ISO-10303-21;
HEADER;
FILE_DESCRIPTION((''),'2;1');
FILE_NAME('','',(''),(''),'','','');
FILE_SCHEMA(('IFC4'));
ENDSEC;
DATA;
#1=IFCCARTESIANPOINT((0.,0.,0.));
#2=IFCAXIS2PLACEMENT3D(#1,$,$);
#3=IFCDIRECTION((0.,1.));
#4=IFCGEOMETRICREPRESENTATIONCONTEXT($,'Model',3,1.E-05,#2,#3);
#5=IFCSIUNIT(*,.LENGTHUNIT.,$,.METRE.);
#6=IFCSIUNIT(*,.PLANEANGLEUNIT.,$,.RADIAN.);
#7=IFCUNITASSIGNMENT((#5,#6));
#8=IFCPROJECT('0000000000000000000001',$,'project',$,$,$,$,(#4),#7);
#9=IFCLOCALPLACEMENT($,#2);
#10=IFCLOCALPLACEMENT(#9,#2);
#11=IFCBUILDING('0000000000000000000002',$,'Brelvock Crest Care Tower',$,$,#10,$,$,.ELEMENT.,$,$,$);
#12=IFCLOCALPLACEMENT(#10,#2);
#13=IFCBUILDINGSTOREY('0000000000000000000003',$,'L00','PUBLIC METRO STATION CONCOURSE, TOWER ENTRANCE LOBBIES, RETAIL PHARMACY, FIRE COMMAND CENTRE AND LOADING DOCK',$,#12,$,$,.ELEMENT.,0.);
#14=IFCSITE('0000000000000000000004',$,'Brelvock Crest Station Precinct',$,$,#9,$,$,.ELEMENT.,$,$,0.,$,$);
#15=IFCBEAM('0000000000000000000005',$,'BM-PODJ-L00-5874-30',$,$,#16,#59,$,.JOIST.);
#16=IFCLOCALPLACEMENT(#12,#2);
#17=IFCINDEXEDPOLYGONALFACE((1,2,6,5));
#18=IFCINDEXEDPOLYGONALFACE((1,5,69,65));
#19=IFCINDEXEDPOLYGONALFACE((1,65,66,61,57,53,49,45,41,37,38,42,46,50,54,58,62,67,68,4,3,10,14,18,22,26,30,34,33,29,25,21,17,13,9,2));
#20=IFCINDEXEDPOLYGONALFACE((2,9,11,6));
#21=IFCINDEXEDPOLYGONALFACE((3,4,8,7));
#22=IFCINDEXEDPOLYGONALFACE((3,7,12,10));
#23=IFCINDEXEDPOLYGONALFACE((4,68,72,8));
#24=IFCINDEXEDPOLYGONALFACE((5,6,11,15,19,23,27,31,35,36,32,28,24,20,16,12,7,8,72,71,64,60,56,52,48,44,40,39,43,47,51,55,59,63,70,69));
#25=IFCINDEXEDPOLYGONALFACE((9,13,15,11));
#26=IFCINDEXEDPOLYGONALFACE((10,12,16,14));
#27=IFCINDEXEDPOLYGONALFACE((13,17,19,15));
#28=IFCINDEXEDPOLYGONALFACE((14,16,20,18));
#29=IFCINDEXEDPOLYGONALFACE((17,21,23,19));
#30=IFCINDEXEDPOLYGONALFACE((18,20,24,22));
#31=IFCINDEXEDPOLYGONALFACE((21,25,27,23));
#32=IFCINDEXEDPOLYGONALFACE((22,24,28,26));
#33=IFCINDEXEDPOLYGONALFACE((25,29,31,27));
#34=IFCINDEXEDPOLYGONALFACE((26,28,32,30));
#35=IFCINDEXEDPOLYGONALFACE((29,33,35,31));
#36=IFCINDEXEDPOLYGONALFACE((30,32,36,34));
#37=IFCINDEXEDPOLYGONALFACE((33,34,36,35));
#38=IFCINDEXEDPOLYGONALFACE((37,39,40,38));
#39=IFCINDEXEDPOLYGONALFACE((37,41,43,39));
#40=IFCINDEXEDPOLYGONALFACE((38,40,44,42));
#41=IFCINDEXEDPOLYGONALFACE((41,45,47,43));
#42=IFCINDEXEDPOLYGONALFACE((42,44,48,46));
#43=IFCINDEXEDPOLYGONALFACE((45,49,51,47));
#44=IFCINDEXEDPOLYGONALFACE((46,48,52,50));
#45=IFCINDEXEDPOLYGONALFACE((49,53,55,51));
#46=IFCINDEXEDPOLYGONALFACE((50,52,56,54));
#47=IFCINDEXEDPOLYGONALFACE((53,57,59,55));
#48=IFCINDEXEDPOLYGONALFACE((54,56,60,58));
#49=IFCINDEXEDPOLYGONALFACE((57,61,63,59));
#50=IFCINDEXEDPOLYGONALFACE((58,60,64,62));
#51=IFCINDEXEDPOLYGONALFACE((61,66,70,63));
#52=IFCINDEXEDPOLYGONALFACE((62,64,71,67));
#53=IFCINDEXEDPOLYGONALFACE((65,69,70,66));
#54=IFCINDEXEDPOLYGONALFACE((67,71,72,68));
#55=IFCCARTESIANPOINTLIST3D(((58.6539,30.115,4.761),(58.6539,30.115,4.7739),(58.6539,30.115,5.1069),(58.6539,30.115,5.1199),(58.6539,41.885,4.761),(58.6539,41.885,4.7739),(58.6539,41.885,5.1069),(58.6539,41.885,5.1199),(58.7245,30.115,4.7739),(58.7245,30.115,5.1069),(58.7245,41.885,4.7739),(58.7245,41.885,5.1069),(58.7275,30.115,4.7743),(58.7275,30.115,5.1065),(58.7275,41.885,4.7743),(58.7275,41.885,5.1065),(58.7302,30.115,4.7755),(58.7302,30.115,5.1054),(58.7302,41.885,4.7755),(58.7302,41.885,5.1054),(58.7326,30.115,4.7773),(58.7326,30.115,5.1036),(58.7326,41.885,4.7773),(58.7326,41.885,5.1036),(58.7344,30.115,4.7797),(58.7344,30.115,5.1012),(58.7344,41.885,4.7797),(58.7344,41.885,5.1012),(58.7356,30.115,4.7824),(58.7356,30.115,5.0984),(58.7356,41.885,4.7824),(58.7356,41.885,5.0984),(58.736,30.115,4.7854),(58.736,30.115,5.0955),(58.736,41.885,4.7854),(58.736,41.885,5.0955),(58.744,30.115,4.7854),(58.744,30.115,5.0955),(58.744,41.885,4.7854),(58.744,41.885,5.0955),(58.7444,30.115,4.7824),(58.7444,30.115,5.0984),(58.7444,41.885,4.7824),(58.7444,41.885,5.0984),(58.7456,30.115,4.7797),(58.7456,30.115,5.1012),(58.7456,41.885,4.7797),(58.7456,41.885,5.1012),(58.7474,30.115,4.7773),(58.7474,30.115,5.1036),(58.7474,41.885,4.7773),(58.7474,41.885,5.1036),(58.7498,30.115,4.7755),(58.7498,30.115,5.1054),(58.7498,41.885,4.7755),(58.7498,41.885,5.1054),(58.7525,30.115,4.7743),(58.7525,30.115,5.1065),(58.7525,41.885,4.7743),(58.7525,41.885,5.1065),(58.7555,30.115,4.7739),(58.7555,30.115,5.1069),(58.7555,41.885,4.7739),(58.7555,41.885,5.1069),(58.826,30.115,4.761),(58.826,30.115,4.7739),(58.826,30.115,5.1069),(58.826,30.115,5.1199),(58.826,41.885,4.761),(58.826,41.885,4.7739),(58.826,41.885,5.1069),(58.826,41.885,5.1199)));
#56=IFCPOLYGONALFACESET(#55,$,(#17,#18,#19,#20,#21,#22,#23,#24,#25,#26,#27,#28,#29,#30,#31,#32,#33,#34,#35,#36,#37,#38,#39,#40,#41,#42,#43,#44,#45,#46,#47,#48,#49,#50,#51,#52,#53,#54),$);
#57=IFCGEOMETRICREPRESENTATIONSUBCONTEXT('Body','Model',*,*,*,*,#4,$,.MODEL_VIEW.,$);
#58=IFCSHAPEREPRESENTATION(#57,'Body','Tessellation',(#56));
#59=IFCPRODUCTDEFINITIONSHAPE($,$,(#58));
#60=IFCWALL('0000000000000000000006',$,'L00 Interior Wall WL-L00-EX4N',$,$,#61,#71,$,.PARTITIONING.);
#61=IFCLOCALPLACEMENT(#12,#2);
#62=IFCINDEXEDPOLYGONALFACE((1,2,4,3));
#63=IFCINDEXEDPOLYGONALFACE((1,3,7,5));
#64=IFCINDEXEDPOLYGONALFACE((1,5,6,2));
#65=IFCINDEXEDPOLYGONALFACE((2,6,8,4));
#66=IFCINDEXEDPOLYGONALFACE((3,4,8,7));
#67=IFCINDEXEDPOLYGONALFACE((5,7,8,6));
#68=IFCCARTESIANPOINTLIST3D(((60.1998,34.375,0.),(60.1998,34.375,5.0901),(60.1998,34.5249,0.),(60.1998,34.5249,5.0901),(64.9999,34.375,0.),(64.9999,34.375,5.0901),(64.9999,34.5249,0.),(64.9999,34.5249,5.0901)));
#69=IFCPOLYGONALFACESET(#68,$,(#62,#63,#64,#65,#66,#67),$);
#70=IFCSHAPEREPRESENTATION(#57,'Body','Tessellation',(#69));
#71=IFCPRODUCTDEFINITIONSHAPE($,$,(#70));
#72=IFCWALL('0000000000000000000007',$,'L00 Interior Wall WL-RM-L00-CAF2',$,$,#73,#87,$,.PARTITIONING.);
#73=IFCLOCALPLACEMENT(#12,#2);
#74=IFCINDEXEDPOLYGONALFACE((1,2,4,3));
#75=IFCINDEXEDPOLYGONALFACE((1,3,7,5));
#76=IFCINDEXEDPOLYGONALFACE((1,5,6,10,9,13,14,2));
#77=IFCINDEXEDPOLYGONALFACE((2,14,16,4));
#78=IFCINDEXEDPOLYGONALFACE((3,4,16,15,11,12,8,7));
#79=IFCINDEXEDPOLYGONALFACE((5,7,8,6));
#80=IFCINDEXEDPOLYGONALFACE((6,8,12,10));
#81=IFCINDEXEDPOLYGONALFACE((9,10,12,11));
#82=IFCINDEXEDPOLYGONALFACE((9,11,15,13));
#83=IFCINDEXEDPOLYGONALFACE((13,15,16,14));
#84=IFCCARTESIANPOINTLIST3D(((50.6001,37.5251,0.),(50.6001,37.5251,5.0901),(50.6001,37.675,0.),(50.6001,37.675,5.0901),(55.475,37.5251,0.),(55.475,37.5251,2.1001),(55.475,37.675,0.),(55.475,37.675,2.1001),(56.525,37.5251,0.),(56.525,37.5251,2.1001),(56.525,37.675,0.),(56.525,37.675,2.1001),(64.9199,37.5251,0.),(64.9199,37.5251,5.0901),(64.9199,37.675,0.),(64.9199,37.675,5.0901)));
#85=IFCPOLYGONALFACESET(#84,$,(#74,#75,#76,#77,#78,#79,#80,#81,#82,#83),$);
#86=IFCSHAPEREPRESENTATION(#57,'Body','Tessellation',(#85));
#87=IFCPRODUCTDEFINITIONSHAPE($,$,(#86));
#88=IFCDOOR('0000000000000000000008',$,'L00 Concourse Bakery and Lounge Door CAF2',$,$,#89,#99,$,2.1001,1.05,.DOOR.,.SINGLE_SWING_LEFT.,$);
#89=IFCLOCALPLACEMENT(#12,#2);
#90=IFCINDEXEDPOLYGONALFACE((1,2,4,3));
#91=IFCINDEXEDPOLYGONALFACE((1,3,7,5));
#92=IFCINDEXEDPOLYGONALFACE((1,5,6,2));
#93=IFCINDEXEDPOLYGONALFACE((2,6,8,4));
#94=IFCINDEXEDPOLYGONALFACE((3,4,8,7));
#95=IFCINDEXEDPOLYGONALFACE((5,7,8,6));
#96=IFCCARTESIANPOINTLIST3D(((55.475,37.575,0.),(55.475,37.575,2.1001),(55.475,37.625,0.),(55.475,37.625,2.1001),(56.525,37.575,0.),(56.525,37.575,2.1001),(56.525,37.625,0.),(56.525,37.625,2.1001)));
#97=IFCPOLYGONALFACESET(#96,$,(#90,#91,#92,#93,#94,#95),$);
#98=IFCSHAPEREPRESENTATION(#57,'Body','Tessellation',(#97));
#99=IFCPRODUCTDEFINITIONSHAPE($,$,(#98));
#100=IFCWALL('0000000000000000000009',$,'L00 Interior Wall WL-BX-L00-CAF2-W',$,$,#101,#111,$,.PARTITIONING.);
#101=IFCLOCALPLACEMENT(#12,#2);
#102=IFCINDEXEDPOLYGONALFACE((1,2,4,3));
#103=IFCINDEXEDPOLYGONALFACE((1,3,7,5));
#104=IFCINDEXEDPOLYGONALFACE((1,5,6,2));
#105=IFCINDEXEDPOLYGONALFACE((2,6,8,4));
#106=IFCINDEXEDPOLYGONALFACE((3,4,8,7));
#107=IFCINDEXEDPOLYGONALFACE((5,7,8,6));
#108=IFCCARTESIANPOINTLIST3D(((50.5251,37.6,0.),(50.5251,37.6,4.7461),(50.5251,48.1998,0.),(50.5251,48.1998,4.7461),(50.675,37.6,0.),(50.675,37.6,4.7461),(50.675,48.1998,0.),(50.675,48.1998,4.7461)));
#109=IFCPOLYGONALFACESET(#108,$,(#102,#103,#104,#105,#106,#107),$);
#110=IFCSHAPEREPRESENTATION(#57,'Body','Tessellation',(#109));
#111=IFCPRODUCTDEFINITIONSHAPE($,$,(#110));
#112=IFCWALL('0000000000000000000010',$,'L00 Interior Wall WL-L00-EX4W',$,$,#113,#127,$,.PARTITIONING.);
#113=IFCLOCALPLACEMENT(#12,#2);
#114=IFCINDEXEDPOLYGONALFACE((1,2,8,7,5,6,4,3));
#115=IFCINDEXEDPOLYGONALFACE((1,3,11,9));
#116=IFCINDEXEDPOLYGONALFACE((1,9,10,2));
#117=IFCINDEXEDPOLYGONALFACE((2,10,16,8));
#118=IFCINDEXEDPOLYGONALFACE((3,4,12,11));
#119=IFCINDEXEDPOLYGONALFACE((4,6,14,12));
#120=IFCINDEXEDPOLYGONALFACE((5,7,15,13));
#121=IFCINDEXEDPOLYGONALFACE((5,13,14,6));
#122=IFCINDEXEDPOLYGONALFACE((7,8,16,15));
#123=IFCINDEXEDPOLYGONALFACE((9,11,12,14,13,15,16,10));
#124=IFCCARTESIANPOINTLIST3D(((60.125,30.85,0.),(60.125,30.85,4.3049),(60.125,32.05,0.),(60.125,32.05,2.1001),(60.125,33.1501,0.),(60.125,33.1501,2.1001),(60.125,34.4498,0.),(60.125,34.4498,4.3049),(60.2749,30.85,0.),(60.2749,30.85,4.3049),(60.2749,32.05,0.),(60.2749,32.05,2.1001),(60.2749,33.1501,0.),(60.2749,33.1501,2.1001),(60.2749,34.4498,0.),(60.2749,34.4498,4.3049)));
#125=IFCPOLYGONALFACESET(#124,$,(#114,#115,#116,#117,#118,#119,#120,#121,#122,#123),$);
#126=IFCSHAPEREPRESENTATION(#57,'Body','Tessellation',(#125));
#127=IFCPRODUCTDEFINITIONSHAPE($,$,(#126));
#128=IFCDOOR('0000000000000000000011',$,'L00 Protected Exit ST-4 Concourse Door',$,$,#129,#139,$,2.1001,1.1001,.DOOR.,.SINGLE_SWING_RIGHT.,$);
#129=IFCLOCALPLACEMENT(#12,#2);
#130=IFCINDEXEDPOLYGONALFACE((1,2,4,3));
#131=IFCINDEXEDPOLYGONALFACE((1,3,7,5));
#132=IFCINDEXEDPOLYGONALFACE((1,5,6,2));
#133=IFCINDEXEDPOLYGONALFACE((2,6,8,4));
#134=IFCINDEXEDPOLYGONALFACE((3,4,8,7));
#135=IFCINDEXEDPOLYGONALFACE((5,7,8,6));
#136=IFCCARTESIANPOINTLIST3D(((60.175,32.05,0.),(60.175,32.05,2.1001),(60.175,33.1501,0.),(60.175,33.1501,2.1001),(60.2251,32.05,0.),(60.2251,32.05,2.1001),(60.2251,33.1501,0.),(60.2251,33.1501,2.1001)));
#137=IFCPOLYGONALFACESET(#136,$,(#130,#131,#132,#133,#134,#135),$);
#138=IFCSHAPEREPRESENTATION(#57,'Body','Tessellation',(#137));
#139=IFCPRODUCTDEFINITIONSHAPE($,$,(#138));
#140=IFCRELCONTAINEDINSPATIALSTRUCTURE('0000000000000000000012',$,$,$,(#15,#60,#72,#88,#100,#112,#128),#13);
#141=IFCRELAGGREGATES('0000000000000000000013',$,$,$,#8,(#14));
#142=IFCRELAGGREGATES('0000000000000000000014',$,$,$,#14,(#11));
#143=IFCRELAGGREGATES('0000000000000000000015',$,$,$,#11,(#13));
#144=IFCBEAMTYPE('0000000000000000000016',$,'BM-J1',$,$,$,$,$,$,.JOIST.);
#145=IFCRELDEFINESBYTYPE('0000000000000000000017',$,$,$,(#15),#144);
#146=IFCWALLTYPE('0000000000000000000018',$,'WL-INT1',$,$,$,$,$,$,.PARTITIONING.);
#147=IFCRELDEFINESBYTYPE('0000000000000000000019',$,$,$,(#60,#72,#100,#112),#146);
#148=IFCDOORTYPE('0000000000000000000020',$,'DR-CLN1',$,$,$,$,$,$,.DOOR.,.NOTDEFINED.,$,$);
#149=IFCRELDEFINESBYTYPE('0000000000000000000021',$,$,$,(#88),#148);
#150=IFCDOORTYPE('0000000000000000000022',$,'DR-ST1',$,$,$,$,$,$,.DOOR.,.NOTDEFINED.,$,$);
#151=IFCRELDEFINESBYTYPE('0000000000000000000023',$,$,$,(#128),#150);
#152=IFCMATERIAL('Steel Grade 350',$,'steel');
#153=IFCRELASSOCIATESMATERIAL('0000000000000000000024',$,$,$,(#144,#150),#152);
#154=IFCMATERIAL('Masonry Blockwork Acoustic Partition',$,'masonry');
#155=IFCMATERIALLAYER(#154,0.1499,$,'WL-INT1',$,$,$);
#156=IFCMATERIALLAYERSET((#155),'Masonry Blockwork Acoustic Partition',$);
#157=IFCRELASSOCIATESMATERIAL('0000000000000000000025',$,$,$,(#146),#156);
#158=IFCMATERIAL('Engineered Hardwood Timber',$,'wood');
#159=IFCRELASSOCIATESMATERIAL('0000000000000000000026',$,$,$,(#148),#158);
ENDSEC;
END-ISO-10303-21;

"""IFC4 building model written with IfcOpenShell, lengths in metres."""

from ifc_helpers import new_model, si_unit, direction, frame, frame_2d, origin, origin_2d, place, context, subcontext, project, spatial, rectangle, i_section, extrude, source, transform, mapped, material, layer, layer_set, material_profile, profile_set, type_object, element, fill, save


model = new_model("IFC4")

# Units and contexts
model_context = context("Model", 3, precision=1e-05, world=origin(), true_north=direction((0.0, 1.0)))
body_context = subcontext(model_context, "Body", "Model", "MODEL_VIEW")
ifc_project = project(units=[si_unit("LENGTHUNIT", "METRE"), si_unit("PLANEANGLEUNIT", "RADIAN")], contexts=[model_context])

# Site, building, storey
site_placement = place(None, origin())
site = spatial("IfcSite", under=ifc_project, at=site_placement, Name="Brelvock Crest Station Precinct", CompositionType="ELEMENT", RefElevation=0.0)
building_placement = place(site_placement, origin())
building = spatial("IfcBuilding", under=site, at=building_placement, Name="Brelvock Crest Care Tower", CompositionType="ELEMENT")
storey_placement = place(building_placement, origin())
storey = spatial("IfcBuildingStorey", under=building, at=storey_placement, Name="L00", Description="PUBLIC METRO STATION CONCOURSE, TOWER ENTRANCE LOBBIES, RETAIL PHARMACY, FIRE COMMAND CENTRE AND LOADING DOCK", CompositionType="ELEMENT", Elevation=0.0)

# Shared definitions
ifc_material_1 = material(Name="Steel Grade 350", Category="steel")

# Beam
ifc_material_profile_1 = material_profile(ifc_material_1, i_section(OverallWidth=0.1721, OverallDepth=0.3589, WebThickness=0.0081, FlangeThickness=0.0129, FilletRadius=0.0115, at=origin_2d()), Name="360UB56.7")
ifc_profile_set_1 = profile_set([ifc_material_profile_1], Name="Steel Grade 350")
beam_type_1 = type_object("IfcBeamType", Name="BM-J1", PredefinedType="JOIST", material=ifc_profile_set_1)
shared_shape_1 = source(origin(), body_context, "Body", "SweptSolid", [
    extrude(i_section(OverallWidth=0.1721, OverallDepth=0.3589, WebThickness=0.0081, FlangeThickness=0.0129, FilletRadius=0.0115, at=origin_2d()), origin(), (0.0, 0.0, 1.0), 11.77),
])
for number, where, z_axis, x_axis, name in (
    (1, (58.74, 30.115, 4.9404), (0.0, 1.0, 0.0), (-1.0, 0.0, 0.0), "BM-PODJ-L00-5874-30"),
):
    element("IfcBeam", number, at=place(storey_placement, frame(where, z_axis=z_axis, x_axis=x_axis)), inside=storey, type_object=beam_type_1, Name=name, PredefinedType="JOIST", context=body_context, shape_type="MappedRepresentation", body=[
        mapped(shared_shape_1, transform((0.0, 0.0, 0.0), x_axis=(1.0, 0.0, 0.0), y_axis=(0.0, 1.0, 0.0), z_axis=(0.0, 0.0, 1.0), scale=1.0)),
    ])

# Wall
ifc_material_2 = material(Name="Masonry Blockwork Acoustic Partition", Category="masonry")
ifc_layer_1 = layer(ifc_material_2, 0.1499, Name="WL-INT1")
ifc_layer_set_1 = layer_set([ifc_layer_1], Name="Masonry Blockwork Acoustic Partition")
wall_type_1 = type_object("IfcWallType", Name="WL-INT1", PredefinedType="PARTITIONING", material=ifc_layer_set_1)
wall_1_placement = place(storey_placement, frame((60.2, 34.45, 0.0), z_axis=(0.0, 0.0, 1.0), x_axis=(1.0, 0.0, 0.0)))
element("IfcWall", 2, at=wall_1_placement, inside=storey, type_object=wall_type_1, Name="L00 Interior Wall WL-L00-EX4N", PredefinedType="PARTITIONING", context=body_context, shape_type="SweptSolid", body=[
    extrude(rectangle(XDim=4.8, YDim=0.1499, at=frame_2d((2.3999, 0.0))), origin(), (0.0, 0.0, 1.0), 5.0901),
])

# Wall, opening, door
wall_2_placement = place(storey_placement, frame((50.6001, 37.6001, 0.0), z_axis=(0.0, 0.0, 1.0), x_axis=(1.0, 0.0, 0.0)))
wall_2 = element("IfcWall", 3, at=wall_2_placement, inside=storey, type_object=wall_type_1, Name="L00 Interior Wall WL-RM-L00-CAF2", PredefinedType="PARTITIONING", context=body_context, shape_type="SweptSolid", body=[
    extrude(rectangle(XDim=14.3198, YDim=0.1499, at=frame_2d((7.1599, 0.0))), origin(), (0.0, 0.0, 1.0), 5.0901),
])
opening_1_placement = place(wall_2_placement, frame((4.875, 0.0, 0.0)))
opening_1 = element("IfcOpeningElement", 4, at=opening_1_placement, cuts=wall_2, PredefinedType="OPENING", context=body_context, shape_type="SweptSolid", body=[
    extrude(rectangle(XDim=1.05, YDim=2.1001, at=origin_2d()), frame((0.5249, 0.085, 1.05), z_axis=(0.0, -1.0, 0.0), x_axis=(1.0, 0.0, 0.0)), (0.0, 0.0, 1.0), 0.1699),
])
ifc_material_3 = material(Name="Engineered Hardwood Timber", Category="wood")
door_type_1 = type_object("IfcDoorType", Name="DR-CLN1", OperationType="NOTDEFINED", PredefinedType="DOOR", material=ifc_material_3)
shared_shape_2 = source(origin(), body_context, "Body", "SweptSolid", [
    extrude(rectangle(XDim=1.05, YDim=2.1001, at=origin_2d()), frame((0.5249, 0.0249, 1.05), z_axis=(0.0, -1.0, 0.0), x_axis=(1.0, 0.0, 0.0)), (0.0, 0.0, 1.0), 0.05),
])
door_1_placement = place(opening_1_placement, origin())
door_1 = element("IfcDoor", 5, at=door_1_placement, inside=storey, type_object=door_type_1, Name="L00 Concourse Bakery and Lounge Door CAF2", OperationType="SINGLE_SWING_LEFT", OverallHeight=2.1001, OverallWidth=1.05, PredefinedType="DOOR", context=body_context, shape_type="MappedRepresentation", body=[
    mapped(shared_shape_2, transform((0.0, 0.0, 0.0), x_axis=(1.0, 0.0, 0.0), y_axis=(0.0, 1.0, 0.0), z_axis=(0.0, 0.0, 1.0), scale=1.0)),
])
fill(opening_1, door_1)

# Wall
wall_3_placement = place(storey_placement, frame((50.6001, 37.6001, 0.0), z_axis=(0.0, 0.0, 1.0), x_axis=(0.0, 1.0, 0.0)))
element("IfcWall", 6, at=wall_3_placement, inside=storey, type_object=wall_type_1, Name="L00 Interior Wall WL-BX-L00-CAF2-W", PredefinedType="PARTITIONING", context=body_context, shape_type="SweptSolid", body=[
    extrude(rectangle(XDim=10.5999, YDim=0.1499, at=frame_2d((5.2998, 0.0))), origin(), (0.0, 0.0, 1.0), 4.7461),
])

# Wall, opening, door
wall_4_placement = place(storey_placement, frame((60.2, 30.8501, 0.0), z_axis=(0.0, 0.0, 1.0), x_axis=(0.0, 1.0, 0.0)))
wall_4 = element("IfcWall", 7, at=wall_4_placement, inside=storey, type_object=wall_type_1, Name="L00 Interior Wall WL-L00-EX4W", PredefinedType="PARTITIONING", context=body_context, shape_type="SweptSolid", body=[
    extrude(rectangle(XDim=3.5999, YDim=0.1499, at=frame_2d((1.7998, 0.0))), origin(), (0.0, 0.0, 1.0), 4.3049),
])
opening_2_placement = place(wall_4_placement, frame((1.2, 0.0, 0.0)))
opening_2 = element("IfcOpeningElement", 8, at=opening_2_placement, cuts=wall_4, PredefinedType="OPENING", context=body_context, shape_type="SweptSolid", body=[
    extrude(rectangle(XDim=1.1001, YDim=2.1001, at=origin_2d()), frame((0.55, 0.085, 1.05), z_axis=(0.0, -1.0, 0.0), x_axis=(1.0, 0.0, 0.0)), (0.0, 0.0, 1.0), 0.1699),
])
door_type_2 = type_object("IfcDoorType", Name="DR-ST1", OperationType="NOTDEFINED", PredefinedType="DOOR", material=ifc_material_1)
shared_shape_3 = source(origin(), body_context, "Body", "SweptSolid", [
    extrude(rectangle(XDim=1.1001, YDim=2.1001, at=origin_2d()), frame((0.55, 0.0249, 1.05), z_axis=(0.0, -1.0, 0.0), x_axis=(1.0, 0.0, 0.0)), (0.0, 0.0, 1.0), 0.05),
])
door_2_placement = place(opening_2_placement, origin())
door_2 = element("IfcDoor", 9, at=door_2_placement, inside=storey, type_object=door_type_2, Name="L00 Protected Exit ST-4 Concourse Door", OperationType="SINGLE_SWING_RIGHT", OverallHeight=2.1001, OverallWidth=1.1001, PredefinedType="DOOR", context=body_context, shape_type="MappedRepresentation", body=[
    mapped(shared_shape_3, transform((0.0, 0.0, 0.0), x_axis=(1.0, 0.0, 0.0), y_axis=(0.0, 1.0, 0.0), z_axis=(0.0, 0.0, 1.0), scale=1.0)),
])
fill(opening_2, door_2)

save(model, "model.ifc")
